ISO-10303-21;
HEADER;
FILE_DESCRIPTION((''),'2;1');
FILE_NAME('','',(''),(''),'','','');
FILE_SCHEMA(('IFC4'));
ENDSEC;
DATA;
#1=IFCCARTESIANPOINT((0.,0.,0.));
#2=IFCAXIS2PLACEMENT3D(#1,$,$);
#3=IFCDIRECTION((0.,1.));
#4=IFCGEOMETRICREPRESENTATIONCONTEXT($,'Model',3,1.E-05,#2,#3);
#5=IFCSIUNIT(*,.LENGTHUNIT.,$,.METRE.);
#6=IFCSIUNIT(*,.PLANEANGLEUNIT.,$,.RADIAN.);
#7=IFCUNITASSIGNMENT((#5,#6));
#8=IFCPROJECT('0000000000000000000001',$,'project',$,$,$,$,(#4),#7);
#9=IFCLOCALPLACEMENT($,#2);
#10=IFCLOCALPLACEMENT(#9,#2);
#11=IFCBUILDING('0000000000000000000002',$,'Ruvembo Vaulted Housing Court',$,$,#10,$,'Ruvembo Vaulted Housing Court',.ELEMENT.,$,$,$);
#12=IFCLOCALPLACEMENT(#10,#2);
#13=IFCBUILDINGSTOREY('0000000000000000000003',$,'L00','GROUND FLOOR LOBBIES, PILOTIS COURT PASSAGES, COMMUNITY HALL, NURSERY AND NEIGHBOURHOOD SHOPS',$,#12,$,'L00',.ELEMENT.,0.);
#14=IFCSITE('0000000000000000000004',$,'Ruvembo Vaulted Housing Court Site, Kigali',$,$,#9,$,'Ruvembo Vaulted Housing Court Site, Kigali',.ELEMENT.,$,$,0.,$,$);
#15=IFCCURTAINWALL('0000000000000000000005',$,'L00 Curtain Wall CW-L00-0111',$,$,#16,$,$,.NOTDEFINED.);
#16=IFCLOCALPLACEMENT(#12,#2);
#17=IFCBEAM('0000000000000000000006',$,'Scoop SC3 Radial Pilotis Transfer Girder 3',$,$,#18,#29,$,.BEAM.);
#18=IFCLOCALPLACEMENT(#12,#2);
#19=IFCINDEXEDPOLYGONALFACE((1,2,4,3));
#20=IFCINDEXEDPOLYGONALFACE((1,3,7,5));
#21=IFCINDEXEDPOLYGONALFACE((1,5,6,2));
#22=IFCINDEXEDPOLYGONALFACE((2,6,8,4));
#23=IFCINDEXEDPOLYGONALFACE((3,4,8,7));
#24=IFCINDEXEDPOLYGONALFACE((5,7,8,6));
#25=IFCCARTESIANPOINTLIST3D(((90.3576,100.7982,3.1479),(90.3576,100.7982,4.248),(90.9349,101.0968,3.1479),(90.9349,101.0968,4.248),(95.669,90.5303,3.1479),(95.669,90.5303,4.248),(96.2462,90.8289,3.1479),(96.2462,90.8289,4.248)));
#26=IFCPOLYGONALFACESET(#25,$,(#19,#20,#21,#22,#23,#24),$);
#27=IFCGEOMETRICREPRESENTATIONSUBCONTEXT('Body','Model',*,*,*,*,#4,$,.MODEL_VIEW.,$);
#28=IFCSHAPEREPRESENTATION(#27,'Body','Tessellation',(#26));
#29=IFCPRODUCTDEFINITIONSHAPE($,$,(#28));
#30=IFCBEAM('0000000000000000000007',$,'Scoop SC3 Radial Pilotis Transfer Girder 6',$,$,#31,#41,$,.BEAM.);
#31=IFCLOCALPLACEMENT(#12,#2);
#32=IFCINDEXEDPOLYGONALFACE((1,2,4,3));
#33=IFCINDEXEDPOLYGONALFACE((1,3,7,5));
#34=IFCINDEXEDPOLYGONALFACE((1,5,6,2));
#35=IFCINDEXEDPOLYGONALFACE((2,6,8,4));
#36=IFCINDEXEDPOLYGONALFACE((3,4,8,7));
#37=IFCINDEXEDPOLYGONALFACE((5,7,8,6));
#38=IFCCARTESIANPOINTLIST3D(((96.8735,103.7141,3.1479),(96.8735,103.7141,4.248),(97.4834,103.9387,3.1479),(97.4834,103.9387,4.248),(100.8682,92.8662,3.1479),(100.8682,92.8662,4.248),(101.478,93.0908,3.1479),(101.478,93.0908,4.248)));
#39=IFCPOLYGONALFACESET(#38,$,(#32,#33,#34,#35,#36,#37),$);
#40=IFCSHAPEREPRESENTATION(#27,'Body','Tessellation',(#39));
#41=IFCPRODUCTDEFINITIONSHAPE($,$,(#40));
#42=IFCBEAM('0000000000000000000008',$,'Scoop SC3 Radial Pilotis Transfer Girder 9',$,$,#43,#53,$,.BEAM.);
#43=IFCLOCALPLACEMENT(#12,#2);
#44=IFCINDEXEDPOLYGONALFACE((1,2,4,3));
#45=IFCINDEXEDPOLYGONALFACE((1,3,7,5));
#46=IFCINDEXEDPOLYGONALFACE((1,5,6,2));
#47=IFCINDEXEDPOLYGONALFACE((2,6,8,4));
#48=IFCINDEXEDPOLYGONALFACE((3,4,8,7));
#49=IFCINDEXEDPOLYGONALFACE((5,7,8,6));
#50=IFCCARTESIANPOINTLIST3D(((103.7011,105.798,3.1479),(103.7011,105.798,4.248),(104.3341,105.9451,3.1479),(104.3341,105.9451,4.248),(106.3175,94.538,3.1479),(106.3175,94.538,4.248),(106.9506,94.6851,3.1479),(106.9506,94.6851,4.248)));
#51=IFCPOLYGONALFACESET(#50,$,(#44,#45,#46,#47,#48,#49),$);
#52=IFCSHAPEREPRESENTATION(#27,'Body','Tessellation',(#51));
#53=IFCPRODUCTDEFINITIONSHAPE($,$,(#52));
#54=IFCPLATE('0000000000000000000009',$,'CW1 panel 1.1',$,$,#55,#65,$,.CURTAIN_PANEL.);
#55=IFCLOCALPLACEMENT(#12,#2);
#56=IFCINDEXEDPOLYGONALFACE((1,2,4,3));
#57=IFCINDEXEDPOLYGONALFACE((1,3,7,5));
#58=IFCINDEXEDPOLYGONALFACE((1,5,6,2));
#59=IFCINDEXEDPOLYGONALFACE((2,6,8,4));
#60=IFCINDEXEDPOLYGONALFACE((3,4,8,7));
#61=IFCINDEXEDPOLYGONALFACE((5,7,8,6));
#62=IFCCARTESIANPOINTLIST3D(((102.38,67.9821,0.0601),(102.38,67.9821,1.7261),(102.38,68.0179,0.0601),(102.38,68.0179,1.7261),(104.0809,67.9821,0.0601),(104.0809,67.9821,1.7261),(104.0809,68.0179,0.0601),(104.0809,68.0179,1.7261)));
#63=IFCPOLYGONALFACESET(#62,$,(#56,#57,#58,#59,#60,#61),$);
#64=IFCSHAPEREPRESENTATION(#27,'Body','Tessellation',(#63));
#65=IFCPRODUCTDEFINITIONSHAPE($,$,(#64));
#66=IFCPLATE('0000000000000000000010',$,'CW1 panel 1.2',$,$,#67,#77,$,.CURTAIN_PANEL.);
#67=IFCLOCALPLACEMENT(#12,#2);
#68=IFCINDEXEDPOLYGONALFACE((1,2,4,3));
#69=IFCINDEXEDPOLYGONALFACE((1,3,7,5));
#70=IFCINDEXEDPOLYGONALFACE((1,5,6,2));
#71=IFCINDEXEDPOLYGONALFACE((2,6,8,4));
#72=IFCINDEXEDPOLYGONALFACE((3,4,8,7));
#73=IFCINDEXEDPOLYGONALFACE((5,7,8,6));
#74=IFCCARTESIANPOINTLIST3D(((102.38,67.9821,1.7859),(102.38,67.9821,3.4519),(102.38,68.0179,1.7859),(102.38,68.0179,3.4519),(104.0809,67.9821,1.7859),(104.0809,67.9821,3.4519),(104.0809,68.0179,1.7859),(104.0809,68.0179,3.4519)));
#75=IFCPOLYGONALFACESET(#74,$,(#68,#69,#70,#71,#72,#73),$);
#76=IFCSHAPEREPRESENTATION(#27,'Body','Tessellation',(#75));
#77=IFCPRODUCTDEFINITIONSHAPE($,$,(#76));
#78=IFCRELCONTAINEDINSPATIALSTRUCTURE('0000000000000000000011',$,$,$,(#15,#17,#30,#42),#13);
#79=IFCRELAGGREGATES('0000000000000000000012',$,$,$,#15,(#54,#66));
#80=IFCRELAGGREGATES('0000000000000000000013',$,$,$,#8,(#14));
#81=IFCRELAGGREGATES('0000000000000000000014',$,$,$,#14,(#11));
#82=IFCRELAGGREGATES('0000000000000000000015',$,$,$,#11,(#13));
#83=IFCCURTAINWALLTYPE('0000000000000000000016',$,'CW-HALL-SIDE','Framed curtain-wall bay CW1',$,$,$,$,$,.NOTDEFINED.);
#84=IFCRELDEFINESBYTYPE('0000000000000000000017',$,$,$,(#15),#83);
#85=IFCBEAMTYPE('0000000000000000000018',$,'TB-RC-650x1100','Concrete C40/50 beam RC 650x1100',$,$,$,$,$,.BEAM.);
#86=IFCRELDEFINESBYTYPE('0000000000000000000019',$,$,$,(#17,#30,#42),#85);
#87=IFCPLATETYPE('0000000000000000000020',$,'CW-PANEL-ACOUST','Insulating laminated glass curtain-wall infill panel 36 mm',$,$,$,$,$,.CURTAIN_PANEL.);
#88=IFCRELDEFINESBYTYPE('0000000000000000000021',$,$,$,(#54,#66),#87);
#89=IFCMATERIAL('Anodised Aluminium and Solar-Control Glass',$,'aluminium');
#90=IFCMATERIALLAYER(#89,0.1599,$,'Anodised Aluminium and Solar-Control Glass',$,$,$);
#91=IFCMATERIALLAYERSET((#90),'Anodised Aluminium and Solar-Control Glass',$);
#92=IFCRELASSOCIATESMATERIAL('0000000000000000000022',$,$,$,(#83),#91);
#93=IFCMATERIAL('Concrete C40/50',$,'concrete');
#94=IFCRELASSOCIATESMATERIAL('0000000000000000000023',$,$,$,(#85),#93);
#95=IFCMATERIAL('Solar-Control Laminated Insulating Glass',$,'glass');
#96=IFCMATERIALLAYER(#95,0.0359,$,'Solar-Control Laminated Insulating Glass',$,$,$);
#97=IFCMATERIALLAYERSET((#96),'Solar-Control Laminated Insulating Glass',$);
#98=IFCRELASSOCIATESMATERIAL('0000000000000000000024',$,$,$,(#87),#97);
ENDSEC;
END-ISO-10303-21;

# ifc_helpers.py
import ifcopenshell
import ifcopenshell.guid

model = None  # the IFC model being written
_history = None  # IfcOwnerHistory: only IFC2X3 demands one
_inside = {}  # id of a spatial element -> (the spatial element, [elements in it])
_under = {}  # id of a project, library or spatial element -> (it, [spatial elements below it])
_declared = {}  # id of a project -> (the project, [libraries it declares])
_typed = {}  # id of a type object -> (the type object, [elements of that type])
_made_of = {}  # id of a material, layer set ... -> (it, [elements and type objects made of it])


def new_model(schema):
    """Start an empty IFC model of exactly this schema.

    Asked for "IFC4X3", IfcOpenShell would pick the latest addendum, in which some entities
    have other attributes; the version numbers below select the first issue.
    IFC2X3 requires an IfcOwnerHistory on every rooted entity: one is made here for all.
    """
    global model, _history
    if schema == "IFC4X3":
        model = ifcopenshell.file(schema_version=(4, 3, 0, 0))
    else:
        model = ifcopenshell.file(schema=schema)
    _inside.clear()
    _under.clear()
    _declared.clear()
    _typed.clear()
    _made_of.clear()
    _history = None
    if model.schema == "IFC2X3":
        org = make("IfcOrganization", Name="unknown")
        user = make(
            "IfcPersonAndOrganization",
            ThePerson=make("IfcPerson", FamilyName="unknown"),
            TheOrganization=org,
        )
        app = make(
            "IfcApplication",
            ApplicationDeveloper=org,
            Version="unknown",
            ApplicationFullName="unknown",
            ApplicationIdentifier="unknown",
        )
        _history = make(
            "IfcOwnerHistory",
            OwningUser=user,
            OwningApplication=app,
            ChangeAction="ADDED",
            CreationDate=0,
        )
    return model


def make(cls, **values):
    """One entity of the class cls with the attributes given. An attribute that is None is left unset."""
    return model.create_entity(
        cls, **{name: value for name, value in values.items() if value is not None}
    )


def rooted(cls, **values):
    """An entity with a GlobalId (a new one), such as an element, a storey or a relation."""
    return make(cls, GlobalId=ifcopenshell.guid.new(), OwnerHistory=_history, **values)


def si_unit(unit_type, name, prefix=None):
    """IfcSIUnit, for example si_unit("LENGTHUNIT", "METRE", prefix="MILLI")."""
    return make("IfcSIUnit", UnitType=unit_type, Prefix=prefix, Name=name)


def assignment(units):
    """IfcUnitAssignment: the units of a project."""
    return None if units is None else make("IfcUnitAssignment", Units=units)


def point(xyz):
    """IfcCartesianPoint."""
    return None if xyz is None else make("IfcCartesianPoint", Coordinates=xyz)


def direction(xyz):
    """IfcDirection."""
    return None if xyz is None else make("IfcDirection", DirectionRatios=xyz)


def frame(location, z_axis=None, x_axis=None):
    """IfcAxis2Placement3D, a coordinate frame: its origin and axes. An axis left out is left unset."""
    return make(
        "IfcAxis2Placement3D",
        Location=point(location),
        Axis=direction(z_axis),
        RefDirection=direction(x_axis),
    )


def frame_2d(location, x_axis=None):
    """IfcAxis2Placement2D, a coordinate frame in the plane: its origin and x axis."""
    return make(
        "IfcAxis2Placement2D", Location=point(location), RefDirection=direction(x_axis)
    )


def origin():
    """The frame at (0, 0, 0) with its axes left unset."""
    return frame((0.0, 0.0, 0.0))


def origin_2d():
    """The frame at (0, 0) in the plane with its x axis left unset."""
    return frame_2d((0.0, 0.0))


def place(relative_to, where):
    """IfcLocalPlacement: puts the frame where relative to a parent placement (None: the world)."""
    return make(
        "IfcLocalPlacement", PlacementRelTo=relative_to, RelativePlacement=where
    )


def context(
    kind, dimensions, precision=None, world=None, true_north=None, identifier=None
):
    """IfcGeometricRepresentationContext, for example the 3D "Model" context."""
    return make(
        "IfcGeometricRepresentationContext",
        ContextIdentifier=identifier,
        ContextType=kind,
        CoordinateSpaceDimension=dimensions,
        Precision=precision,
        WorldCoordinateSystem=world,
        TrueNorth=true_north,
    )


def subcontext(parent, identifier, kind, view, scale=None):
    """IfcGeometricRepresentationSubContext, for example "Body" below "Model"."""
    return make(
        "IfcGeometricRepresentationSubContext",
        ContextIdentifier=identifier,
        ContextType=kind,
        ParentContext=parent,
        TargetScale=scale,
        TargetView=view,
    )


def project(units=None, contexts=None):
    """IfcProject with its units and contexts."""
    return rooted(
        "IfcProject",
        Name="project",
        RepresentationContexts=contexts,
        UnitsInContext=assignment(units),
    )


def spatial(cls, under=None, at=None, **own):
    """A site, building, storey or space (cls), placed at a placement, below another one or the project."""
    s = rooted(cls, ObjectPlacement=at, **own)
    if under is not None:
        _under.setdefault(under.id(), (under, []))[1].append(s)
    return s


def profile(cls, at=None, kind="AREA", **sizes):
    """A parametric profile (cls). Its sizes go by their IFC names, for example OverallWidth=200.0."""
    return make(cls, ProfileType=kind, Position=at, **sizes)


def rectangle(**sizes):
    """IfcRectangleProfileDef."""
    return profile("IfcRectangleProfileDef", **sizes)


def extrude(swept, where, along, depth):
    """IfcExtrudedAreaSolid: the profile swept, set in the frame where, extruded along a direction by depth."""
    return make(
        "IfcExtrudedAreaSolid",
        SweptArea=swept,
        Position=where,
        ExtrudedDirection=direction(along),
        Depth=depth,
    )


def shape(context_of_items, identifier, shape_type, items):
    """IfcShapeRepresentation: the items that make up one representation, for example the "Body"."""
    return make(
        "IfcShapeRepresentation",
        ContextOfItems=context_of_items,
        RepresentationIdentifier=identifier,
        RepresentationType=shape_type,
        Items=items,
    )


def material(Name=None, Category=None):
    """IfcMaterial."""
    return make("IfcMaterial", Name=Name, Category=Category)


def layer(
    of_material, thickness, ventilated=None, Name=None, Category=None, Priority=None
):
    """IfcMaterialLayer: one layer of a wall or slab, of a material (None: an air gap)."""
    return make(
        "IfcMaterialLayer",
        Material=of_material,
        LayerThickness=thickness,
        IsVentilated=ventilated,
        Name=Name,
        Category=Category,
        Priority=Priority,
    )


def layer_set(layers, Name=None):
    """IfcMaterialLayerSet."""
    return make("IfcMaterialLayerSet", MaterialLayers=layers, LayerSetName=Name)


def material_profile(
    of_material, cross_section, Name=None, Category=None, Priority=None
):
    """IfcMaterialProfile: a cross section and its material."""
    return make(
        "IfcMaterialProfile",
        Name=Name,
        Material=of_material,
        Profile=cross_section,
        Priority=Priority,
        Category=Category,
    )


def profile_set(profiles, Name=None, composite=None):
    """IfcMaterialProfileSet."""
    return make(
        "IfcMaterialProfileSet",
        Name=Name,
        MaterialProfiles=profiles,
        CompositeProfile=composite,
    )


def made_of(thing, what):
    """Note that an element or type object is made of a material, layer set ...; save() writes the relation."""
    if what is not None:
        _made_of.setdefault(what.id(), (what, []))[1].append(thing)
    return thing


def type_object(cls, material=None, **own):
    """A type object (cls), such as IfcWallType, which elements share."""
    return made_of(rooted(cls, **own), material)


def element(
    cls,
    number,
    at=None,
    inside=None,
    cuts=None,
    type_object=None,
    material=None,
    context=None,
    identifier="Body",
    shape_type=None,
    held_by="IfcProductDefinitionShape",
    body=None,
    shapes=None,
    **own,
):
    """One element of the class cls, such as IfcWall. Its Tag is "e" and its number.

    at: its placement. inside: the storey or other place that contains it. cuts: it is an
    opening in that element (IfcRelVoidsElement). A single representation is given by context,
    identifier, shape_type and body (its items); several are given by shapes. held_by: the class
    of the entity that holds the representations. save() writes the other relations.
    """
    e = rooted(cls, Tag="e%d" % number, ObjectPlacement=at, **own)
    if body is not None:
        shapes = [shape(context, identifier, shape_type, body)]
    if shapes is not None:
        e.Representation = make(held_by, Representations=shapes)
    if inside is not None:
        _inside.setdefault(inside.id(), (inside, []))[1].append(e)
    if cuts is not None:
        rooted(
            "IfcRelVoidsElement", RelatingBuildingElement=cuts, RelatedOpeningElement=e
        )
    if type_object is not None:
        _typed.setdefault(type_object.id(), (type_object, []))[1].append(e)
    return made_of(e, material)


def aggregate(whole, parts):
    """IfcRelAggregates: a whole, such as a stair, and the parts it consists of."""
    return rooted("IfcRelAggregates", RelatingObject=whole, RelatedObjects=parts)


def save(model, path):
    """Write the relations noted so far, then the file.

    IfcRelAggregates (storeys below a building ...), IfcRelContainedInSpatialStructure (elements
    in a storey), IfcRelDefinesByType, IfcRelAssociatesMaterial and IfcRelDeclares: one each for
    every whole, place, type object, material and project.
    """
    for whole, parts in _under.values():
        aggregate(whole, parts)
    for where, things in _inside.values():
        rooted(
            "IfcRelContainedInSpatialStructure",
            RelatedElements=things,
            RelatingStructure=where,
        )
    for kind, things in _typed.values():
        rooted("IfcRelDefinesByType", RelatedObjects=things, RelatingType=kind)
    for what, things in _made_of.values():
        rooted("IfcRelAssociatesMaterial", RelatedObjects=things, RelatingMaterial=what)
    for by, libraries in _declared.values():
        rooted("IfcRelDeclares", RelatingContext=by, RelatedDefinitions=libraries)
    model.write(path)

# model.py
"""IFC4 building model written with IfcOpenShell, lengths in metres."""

from ifc_helpers import new_model, si_unit, direction, frame, origin, origin_2d, place, context, subcontext, project, spatial, rectangle, extrude, material, layer, layer_set, material_profile, profile_set, type_object, element, aggregate, save


model = new_model("IFC4")

# Units and contexts
model_context = context("Model", 3, precision=1e-05, world=origin(), true_north=direction((0.0, 1.0)))
body_context = subcontext(model_context, "Body", "Model", "MODEL_VIEW")
ifc_project = project(units=[si_unit("LENGTHUNIT", "METRE"), si_unit("PLANEANGLEUNIT", "RADIAN")], contexts=[model_context])

# Site, building, storey
site_placement = place(None, origin())
site = spatial("IfcSite", under=ifc_project, at=site_placement, Name="Ruvembo Vaulted Housing Court Site, Kigali", LongName="Ruvembo Vaulted Housing Court Site, Kigali", CompositionType="ELEMENT", RefElevation=0.0)
building_placement = place(site_placement, origin())
building = spatial("IfcBuilding", under=site, at=building_placement, Name="Ruvembo Vaulted Housing Court", LongName="Ruvembo Vaulted Housing Court", CompositionType="ELEMENT")
storey_placement = place(building_placement, origin())
storey = spatial("IfcBuildingStorey", under=building, at=storey_placement, Name="L00", Description="GROUND FLOOR LOBBIES, PILOTIS COURT PASSAGES, COMMUNITY HALL, NURSERY AND NEIGHBOURHOOD SHOPS", LongName="L00", CompositionType="ELEMENT", Elevation=0.0)

# Shared definitions
ifc_material_1 = material(Name="Concrete C40/50", Category="concrete")

# Curtain wall
ifc_material_2 = material(Name="Anodised Aluminium and Solar-Control Glass", Category="aluminium")
ifc_layer_1 = layer(ifc_material_2, 0.1599, Name="Anodised Aluminium and Solar-Control Glass")
ifc_layer_set_1 = layer_set([ifc_layer_1], Name="Anodised Aluminium and Solar-Control Glass")
curtain_wall_type = type_object("IfcCurtainWallType", Name="CW-HALL-SIDE", Description="Framed curtain-wall bay CW1", PredefinedType="NOTDEFINED", material=ifc_layer_set_1)
curtain_wall_placement = place(storey_placement, origin())
curtain_wall = element("IfcCurtainWall", 1, at=curtain_wall_placement, inside=storey, type_object=curtain_wall_type, Name="L00 Curtain Wall CW-L00-0111", PredefinedType="NOTDEFINED")

# Beams
ifc_material_profile_1 = material_profile(ifc_material_1, rectangle(XDim=0.6499, YDim=1.1001, at=origin_2d()), Name="RC 650x1100")
ifc_profile_set_1 = profile_set([ifc_material_profile_1], Name="Concrete C40/50")
beam_type_1 = type_object("IfcBeamType", Name="TB-RC-650x1100", Description="Concrete C40/50 beam RC 650x1100", PredefinedType="BEAM", material=ifc_profile_set_1)
beam_1_placement = place(storey_placement, frame((90.6462, 100.9475, 3.698), z_axis=(0.459446, -0.888206, 0.0), x_axis=(0.888206, 0.459446, 0.0)))
element("IfcBeam", 2, at=beam_1_placement, inside=storey, type_object=beam_type_1, Name="Scoop SC3 Radial Pilotis Transfer Girder 3", PredefinedType="BEAM", context=body_context, shape_type="SweptSolid", body=[
    extrude(rectangle(XDim=0.6499, YDim=1.1001, at=origin_2d()), origin(), (0.0, 0.0, 1.0), 11.5603),
])
for number, where, z_axis, x_axis, name in (
    (3, (97.1785, 103.8264, 3.698), (0.345556, -0.938398, 0.0), (0.938398, 0.345556, 0.0), "Scoop SC3 Radial Pilotis Transfer Girder 6"),
    (4, (104.0176, 105.8716, 3.698), (0.226337, -0.974049, 0.0), (0.974049, 0.226337, 0.0), "Scoop SC3 Radial Pilotis Transfer Girder 9"),
):
    element("IfcBeam", number, at=place(storey_placement, frame(where, z_axis=z_axis, x_axis=x_axis)), inside=storey, type_object=beam_type_1, Name=name, PredefinedType="BEAM", context=body_context, shape_type="SweptSolid", body=[
        extrude(rectangle(XDim=0.6499, YDim=1.1001, at=origin_2d()), origin(), (0.0, 0.0, 1.0), 11.5601),
    ])

# Plates
ifc_material_3 = material(Name="Solar-Control Laminated Insulating Glass", Category="glass")
ifc_layer_2 = layer(ifc_material_3, 0.0359, Name="Solar-Control Laminated Insulating Glass")
ifc_layer_set_2 = layer_set([ifc_layer_2], Name="Solar-Control Laminated Insulating Glass")
plate_type = type_object("IfcPlateType", Name="CW-PANEL-ACOUST", Description="Insulating laminated glass curtain-wall infill panel 36 mm", PredefinedType="CURTAIN_PANEL", material=ifc_layer_set_2)
plate_1_placement = place(storey_placement, frame((103.2305, 68.0, 0.0601), z_axis=(0.0, 0.0, 1.0), x_axis=(1.0, 0.0, 0.0)))
plate_1 = element("IfcPlate", 5, at=plate_1_placement, type_object=plate_type, Name="CW1 panel 1.1", PredefinedType="CURTAIN_PANEL", context=body_context, shape_type="SweptSolid", body=[
    extrude(rectangle(XDim=1.7009, YDim=0.0359, at=origin_2d()), origin(), (0.0, 0.0, 1.0), 1.666),
])
plate_2_placement = place(storey_placement, frame((103.2305, 68.0, 1.7859), z_axis=(0.0, 0.0, 1.0), x_axis=(1.0, 0.0, 0.0)))
plate_2 = element("IfcPlate", 6, at=plate_2_placement, type_object=plate_type, Name="CW1 panel 1.2", PredefinedType="CURTAIN_PANEL", context=body_context, shape_type="SweptSolid", body=[
    extrude(rectangle(XDim=1.7009, YDim=0.0359, at=origin_2d()), origin(), (0.0, 0.0, 1.0), 1.666),
])
aggregate(curtain_wall, [plate_1, plate_2])

save(model, "model.ifc")
